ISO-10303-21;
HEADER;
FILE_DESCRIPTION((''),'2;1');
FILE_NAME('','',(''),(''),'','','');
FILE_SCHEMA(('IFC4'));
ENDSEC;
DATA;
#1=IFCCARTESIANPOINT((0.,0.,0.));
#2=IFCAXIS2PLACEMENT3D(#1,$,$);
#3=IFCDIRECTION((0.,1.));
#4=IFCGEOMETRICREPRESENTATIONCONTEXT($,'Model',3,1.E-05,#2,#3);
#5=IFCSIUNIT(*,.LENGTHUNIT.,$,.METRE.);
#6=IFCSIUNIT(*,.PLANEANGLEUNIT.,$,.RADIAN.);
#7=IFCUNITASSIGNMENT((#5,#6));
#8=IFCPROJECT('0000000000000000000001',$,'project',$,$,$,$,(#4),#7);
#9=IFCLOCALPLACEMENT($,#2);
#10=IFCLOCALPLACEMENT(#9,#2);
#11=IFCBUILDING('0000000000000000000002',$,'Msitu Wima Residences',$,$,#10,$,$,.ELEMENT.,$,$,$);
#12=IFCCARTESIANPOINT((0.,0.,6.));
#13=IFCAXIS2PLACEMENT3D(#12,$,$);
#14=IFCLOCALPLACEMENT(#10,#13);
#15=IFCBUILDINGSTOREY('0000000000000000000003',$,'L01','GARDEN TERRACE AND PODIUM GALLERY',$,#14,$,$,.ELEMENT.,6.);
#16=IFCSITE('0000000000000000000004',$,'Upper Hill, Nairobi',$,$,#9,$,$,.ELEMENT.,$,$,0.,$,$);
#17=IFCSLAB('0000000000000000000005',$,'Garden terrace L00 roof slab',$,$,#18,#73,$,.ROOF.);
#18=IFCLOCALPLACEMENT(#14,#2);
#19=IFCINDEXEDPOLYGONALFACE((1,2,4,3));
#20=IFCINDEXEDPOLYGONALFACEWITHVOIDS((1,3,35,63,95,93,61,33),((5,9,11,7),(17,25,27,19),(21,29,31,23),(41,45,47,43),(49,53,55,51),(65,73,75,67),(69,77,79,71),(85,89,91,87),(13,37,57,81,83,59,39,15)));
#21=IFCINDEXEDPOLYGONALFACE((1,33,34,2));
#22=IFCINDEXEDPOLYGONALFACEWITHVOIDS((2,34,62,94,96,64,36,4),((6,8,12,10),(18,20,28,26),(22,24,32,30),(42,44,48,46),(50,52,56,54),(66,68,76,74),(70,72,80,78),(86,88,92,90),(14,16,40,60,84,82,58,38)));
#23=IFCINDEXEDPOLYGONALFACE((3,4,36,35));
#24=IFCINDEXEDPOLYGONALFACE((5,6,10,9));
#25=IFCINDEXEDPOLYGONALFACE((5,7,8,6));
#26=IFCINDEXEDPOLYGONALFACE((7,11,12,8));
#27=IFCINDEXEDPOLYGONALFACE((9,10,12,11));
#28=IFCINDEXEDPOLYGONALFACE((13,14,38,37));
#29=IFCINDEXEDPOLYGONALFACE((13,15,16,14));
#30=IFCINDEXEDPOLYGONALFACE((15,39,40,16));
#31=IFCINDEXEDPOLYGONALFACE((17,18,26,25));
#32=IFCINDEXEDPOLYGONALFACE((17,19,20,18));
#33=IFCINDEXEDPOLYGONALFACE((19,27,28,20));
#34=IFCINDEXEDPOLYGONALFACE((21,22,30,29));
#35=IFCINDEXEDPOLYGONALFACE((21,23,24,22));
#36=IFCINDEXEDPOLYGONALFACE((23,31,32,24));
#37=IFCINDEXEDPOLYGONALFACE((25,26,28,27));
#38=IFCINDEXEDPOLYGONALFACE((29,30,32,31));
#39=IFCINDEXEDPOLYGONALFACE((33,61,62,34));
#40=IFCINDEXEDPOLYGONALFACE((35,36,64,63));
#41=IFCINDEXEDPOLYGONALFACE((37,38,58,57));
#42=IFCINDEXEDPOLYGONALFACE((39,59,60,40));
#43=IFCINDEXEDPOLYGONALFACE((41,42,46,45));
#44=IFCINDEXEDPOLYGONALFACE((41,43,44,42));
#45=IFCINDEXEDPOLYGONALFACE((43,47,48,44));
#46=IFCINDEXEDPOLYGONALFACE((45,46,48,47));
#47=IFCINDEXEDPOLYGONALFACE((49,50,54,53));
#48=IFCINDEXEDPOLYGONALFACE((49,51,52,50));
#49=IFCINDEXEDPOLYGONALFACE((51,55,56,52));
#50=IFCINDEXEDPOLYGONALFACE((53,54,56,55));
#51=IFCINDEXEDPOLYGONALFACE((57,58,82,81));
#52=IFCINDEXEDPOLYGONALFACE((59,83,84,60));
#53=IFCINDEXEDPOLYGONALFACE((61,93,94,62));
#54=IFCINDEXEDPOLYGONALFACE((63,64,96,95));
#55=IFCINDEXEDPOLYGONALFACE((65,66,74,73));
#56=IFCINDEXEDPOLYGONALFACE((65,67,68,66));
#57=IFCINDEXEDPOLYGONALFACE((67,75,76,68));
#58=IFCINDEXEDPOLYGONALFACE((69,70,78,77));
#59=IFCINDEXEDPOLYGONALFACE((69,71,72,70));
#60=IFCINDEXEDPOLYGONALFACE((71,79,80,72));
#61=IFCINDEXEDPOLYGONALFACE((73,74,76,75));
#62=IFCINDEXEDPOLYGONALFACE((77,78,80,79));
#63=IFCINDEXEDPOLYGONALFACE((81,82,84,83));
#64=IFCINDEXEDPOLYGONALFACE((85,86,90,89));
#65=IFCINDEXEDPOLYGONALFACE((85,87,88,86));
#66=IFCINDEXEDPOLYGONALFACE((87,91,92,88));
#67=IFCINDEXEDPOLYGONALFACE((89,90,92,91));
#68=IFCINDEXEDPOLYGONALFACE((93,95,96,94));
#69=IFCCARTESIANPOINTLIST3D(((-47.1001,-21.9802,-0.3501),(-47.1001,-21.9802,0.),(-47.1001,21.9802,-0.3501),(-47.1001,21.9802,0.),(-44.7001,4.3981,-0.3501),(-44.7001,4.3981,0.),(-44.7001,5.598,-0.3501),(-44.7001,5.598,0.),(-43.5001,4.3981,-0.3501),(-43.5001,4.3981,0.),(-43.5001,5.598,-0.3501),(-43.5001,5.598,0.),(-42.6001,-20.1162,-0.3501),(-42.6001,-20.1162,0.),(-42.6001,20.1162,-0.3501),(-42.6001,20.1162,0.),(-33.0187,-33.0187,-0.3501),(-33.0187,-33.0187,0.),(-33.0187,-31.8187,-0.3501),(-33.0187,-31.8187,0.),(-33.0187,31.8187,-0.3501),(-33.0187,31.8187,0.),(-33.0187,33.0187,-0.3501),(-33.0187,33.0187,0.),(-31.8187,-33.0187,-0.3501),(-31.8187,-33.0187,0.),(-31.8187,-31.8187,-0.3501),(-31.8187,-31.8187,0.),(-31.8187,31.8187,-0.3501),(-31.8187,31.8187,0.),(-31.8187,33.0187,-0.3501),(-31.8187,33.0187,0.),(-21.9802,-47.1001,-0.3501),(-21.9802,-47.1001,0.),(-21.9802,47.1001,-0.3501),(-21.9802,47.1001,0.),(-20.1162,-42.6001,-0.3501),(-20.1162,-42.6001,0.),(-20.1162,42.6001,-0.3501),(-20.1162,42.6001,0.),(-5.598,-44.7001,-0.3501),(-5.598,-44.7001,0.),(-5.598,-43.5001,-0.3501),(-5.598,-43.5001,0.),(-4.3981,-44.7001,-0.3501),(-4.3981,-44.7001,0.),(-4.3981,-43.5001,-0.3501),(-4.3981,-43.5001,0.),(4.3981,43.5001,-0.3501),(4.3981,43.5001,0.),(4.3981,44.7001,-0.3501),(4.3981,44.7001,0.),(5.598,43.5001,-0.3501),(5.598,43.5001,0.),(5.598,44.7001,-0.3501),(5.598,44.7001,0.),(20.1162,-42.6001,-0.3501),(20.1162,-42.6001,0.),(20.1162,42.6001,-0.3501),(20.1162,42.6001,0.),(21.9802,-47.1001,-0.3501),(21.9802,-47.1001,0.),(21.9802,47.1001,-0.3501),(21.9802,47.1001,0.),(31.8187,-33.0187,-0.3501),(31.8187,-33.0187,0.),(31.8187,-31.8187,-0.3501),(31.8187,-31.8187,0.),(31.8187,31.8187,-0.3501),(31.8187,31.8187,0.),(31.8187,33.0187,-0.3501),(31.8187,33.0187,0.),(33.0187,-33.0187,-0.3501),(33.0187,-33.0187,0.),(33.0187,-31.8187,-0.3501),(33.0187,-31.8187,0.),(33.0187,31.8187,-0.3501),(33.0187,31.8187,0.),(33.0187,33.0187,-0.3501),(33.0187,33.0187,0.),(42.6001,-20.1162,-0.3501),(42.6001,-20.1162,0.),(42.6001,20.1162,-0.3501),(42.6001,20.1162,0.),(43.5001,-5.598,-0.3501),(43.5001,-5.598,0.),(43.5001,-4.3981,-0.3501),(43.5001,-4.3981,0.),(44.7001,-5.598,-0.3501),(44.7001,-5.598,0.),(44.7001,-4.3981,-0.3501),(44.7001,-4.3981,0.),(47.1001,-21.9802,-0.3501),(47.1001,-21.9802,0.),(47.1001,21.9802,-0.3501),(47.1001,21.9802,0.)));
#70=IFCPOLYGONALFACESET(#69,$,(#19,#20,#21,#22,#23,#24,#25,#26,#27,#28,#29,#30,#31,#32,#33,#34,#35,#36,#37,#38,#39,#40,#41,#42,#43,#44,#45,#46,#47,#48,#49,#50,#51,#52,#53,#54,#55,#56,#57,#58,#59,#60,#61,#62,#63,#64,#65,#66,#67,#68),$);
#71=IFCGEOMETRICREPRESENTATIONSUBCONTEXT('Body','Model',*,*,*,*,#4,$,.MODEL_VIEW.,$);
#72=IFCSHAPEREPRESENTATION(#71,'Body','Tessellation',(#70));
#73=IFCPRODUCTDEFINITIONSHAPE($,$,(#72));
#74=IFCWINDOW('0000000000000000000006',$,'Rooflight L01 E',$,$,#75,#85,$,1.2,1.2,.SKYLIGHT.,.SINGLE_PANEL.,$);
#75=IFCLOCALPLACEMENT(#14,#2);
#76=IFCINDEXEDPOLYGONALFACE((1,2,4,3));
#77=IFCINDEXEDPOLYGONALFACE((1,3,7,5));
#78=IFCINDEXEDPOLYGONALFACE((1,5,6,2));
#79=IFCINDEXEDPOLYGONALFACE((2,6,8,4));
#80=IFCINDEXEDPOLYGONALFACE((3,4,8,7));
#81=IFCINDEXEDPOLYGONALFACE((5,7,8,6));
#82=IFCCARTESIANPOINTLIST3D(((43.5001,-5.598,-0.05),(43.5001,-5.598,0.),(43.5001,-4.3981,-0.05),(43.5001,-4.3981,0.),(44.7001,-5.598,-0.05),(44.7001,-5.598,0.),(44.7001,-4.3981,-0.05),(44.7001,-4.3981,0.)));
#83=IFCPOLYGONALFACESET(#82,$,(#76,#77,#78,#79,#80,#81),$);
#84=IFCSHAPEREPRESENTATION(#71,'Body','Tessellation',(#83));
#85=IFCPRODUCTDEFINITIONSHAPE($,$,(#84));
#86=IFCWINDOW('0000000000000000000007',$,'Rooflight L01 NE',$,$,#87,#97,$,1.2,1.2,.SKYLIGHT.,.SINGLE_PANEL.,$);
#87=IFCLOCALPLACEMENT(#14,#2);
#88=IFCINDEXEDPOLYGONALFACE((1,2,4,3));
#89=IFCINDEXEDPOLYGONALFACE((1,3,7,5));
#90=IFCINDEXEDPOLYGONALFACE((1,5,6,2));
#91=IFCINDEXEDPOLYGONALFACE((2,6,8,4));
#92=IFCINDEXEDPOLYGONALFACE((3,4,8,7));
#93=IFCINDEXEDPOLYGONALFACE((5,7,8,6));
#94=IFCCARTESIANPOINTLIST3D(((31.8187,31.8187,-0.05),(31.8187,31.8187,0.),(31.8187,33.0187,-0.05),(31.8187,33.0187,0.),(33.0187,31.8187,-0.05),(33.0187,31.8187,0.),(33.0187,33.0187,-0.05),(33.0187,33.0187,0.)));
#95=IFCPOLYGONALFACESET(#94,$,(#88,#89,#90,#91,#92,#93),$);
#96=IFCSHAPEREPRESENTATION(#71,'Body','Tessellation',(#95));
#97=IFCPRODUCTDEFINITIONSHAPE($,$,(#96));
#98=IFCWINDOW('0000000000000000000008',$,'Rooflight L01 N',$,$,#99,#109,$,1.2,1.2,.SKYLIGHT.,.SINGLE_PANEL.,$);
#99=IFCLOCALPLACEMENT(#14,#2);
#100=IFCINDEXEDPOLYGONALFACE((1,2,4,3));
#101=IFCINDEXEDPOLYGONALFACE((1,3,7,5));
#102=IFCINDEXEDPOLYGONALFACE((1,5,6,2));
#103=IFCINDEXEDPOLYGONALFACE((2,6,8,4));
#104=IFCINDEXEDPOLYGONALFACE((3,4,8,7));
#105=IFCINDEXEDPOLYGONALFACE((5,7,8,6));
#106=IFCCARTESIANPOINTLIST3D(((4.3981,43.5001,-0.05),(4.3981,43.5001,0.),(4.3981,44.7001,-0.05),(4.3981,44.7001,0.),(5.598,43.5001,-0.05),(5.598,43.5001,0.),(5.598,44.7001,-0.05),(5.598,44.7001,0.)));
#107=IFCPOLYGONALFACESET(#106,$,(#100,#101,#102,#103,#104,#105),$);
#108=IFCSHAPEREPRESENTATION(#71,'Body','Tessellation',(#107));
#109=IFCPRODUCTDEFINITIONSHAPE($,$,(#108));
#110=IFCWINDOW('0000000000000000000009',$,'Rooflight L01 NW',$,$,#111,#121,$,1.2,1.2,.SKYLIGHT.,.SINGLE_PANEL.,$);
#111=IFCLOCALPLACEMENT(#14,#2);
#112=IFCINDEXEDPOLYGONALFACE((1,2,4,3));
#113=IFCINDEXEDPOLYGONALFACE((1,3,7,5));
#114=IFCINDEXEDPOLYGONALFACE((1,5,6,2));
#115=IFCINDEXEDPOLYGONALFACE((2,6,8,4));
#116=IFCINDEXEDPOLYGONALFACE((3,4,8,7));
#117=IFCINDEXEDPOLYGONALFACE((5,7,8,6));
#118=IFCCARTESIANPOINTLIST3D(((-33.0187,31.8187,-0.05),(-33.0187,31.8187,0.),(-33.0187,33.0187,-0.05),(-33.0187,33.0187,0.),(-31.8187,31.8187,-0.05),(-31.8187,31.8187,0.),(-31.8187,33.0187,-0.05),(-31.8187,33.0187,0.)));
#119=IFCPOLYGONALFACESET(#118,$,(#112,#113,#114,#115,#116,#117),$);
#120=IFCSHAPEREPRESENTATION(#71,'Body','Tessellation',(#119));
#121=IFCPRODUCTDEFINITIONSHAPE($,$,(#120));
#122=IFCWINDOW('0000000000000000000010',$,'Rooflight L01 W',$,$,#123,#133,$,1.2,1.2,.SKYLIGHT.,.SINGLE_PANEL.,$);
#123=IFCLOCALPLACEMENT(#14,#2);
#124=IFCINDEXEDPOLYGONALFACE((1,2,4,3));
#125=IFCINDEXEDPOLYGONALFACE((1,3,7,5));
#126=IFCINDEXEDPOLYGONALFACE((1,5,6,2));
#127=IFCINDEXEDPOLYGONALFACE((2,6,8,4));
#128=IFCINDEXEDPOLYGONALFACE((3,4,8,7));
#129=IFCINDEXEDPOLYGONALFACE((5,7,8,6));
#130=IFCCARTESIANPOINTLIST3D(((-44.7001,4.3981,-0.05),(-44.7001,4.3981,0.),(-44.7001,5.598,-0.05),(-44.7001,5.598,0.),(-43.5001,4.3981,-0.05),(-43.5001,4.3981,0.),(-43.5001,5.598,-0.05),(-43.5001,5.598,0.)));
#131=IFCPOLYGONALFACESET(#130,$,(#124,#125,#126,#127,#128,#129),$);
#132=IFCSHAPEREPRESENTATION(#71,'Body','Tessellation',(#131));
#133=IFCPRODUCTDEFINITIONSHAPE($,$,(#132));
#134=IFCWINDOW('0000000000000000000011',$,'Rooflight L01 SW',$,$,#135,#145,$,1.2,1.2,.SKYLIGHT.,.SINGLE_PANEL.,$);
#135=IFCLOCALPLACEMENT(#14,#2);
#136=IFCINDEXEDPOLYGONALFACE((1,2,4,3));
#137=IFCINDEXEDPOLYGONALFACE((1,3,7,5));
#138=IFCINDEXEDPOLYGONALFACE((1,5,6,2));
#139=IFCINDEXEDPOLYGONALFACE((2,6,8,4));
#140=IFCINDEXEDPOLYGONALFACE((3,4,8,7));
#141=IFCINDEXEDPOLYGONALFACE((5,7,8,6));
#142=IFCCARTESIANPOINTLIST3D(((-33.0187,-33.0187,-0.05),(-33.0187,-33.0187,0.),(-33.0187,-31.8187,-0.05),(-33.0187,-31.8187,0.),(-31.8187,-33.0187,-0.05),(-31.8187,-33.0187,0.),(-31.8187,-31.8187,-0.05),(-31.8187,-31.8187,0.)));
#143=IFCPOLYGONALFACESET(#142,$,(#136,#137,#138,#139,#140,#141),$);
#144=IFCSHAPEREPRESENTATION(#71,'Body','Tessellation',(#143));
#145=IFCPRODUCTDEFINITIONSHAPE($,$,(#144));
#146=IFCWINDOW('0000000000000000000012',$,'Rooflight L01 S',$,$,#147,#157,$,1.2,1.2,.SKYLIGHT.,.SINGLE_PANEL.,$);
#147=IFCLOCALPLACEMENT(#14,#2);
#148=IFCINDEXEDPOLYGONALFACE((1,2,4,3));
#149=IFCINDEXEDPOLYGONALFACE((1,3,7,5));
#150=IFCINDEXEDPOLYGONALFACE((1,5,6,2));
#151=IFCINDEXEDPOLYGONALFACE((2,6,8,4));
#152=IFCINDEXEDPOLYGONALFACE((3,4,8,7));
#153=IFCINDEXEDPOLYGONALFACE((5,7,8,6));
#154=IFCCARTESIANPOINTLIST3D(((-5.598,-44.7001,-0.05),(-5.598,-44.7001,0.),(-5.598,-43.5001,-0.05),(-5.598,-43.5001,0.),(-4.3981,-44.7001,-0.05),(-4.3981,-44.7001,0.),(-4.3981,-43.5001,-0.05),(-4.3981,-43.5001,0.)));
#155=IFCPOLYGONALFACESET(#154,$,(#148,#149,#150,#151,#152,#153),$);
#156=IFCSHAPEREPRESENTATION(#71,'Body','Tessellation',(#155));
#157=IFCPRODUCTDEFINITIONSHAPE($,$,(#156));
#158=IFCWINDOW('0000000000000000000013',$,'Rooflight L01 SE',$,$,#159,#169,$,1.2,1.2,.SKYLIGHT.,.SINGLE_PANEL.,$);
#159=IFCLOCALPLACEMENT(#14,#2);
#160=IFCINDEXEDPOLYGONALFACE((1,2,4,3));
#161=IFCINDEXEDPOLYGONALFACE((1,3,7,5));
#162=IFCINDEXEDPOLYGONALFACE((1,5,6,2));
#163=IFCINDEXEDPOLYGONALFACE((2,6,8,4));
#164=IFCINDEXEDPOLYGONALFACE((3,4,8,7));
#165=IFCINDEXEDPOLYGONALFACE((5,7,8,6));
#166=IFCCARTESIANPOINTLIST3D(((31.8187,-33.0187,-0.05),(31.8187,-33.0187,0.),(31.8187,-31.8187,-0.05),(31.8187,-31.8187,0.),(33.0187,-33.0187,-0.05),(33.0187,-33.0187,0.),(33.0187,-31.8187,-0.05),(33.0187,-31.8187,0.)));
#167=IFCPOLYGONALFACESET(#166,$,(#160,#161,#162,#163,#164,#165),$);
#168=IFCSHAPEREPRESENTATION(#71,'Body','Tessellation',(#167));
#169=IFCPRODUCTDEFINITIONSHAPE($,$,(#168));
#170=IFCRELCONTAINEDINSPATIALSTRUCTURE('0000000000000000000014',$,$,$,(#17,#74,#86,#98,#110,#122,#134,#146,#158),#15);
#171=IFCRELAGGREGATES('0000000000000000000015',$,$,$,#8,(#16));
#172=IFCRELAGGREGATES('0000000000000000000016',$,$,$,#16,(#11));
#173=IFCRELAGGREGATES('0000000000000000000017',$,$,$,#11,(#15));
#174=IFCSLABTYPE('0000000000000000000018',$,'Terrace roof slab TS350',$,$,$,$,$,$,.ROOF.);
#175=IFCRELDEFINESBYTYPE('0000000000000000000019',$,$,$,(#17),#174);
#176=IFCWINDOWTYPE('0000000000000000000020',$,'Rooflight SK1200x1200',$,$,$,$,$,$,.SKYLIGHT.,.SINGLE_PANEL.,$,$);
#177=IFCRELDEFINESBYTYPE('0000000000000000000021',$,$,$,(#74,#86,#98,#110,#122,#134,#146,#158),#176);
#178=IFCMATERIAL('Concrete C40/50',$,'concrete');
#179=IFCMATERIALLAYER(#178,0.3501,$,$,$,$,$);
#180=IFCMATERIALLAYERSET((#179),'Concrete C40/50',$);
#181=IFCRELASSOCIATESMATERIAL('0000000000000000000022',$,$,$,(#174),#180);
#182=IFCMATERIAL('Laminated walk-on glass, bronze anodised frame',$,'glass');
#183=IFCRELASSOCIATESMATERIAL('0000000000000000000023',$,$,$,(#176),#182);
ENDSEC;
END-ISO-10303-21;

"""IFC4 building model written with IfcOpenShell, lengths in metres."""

from ifc_helpers import new_model, si_unit, direction, frame, origin, origin_2d, place, context, subcontext, project, spatial, polyline, rectangle, outline, extrude, material, layer, layer_set, type_object, element, fill, save


model = new_model("IFC4")

# Units and contexts
model_context = context("Model", 3, precision=1e-05, world=origin(), true_north=direction((0.0, 1.0)))
body_context = subcontext(model_context, "Body", "Model", "MODEL_VIEW")
ifc_project = project(units=[si_unit("LENGTHUNIT", "METRE"), si_unit("PLANEANGLEUNIT", "RADIAN")], contexts=[model_context])

# Site, building, storey
site_placement = place(None, origin())
site = spatial("IfcSite", under=ifc_project, at=site_placement, Name="Upper Hill, Nairobi", CompositionType="ELEMENT", RefElevation=0.0)
building_placement = place(site_placement, origin())
building = spatial("IfcBuilding", under=site, at=building_placement, Name="Msitu Wima Residences", CompositionType="ELEMENT")
storey_placement = place(building_placement, frame((0.0, 0.0, 6.0)))
storey = spatial("IfcBuildingStorey", under=building, at=storey_placement, Name="L01", Description="GARDEN TERRACE AND PODIUM GALLERY", CompositionType="ELEMENT", Elevation=6.0)

# Shared definitions
ifc_material_1 = material(Name="Concrete C40/50", Category="concrete")

# Slab, openings, windows
ifc_layer_1 = layer(ifc_material_1, 0.3501)
ifc_layer_set_1 = layer_set([ifc_layer_1], Name="Concrete C40/50")
slab_type_1 = type_object("IfcSlabType", Name="Terrace roof slab TS350", PredefinedType="ROOF", material=ifc_layer_set_1)
slab_1_placement = place(storey_placement, frame((0.0, 0.0, -0.3501)))
slab_1 = element("IfcSlab", 1, at=slab_1_placement, inside=storey, type_object=slab_type_1, Name="Garden terrace L00 roof slab", PredefinedType="ROOF", context=body_context, shape_type="SweptSolid", body=[
    extrude(outline(polyline([(21.9802, -47.1001), (-21.9802, -47.1001), (-47.1001, -21.9802), (-47.1001, 21.9802), (-21.9802, 47.1001), (21.9802, 47.1001), (47.1001, 21.9802), (47.1001, -21.9802), (21.9802, -47.1001)]), holes=[polyline([(42.6001, 20.1162), (20.1162, 42.6001), (-20.1162, 42.6001), (-42.6001, 20.1162), (-42.6001, -20.1162), (-20.1162, -42.6001), (20.1162, -42.6001), (42.6001, -20.1162), (42.6001, 20.1162)])]), origin(), (0.0, 0.0, 1.0), 0.3501),
])
opening_1_placement = place(slab_1_placement, frame((44.1001, -4.998, 0.0)))
opening_1 = element("IfcOpeningElement", 2, at=opening_1_placement, cuts=slab_1, PredefinedType="OPENING", context=body_context, shape_type="SweptSolid", body=[
    extrude(rectangle(XDim=1.2, YDim=1.2, at=origin_2d()), origin(), (0.0, 0.0, 1.0), 0.3501),
])
opening_2_placement = place(slab_1_placement, frame((32.4187, 32.4187, 0.0)))
opening_2 = element("IfcOpeningElement", 3, at=opening_2_placement, cuts=slab_1, PredefinedType="OPENING", context=body_context, shape_type="SweptSolid", body=[
    extrude(rectangle(XDim=1.2, YDim=1.2, at=origin_2d()), origin(), (0.0, 0.0, 1.0), 0.3501),
])
opening_3_placement = place(slab_1_placement, frame((4.998, 44.1001, 0.0)))
opening_3 = element("IfcOpeningElement", 4, at=opening_3_placement, cuts=slab_1, PredefinedType="OPENING", context=body_context, shape_type="SweptSolid", body=[
    extrude(rectangle(XDim=1.2, YDim=1.2, at=origin_2d()), origin(), (0.0, 0.0, 1.0), 0.3501),
])
opening_4_placement = place(slab_1_placement, frame((-32.4187, 32.4187, 0.0)))
opening_4 = element("IfcOpeningElement", 5, at=opening_4_placement, cuts=slab_1, PredefinedType="OPENING", context=body_context, shape_type="SweptSolid", body=[
    extrude(rectangle(XDim=1.2, YDim=1.2, at=origin_2d()), origin(), (0.0, 0.0, 1.0), 0.3501),
])
opening_5_placement = place(slab_1_placement, frame((-44.1001, 4.998, 0.0)))
opening_5 = element("IfcOpeningElement", 6, at=opening_5_placement, cuts=slab_1, PredefinedType="OPENING", context=body_context, shape_type="SweptSolid", body=[
    extrude(rectangle(XDim=1.2, YDim=1.2, at=origin_2d()), origin(), (0.0, 0.0, 1.0), 0.3501),
])
opening_6_placement = place(slab_1_placement, frame((-32.4187, -32.4187, 0.0)))
opening_6 = element("IfcOpeningElement", 7, at=opening_6_placement, cuts=slab_1, PredefinedType="OPENING", context=body_context, shape_type="SweptSolid", body=[
    extrude(rectangle(XDim=1.2, YDim=1.2, at=origin_2d()), origin(), (0.0, 0.0, 1.0), 0.3501),
])
opening_7_placement = place(slab_1_placement, frame((-4.998, -44.1001, 0.0)))
opening_7 = element("IfcOpeningElement", 8, at=opening_7_placement, cuts=slab_1, PredefinedType="OPENING", context=body_context, shape_type="SweptSolid", body=[
    extrude(rectangle(XDim=1.2, YDim=1.2, at=origin_2d()), origin(), (0.0, 0.0, 1.0), 0.3501),
])
opening_8_placement = place(slab_1_placement, frame((32.4187, -32.4187, 0.0)))
opening_8 = element("IfcOpeningElement", 9, at=opening_8_placement, cuts=slab_1, PredefinedType="OPENING", context=body_context, shape_type="SweptSolid", body=[
    extrude(rectangle(XDim=1.2, YDim=1.2, at=origin_2d()), origin(), (0.0, 0.0, 1.0), 0.3501),
])
ifc_material_2 = material(Name="Laminated walk-on glass, bronze anodised frame", Category="glass")
window_type = type_object("IfcWindowType", Name="Rooflight SK1200x1200", PartitioningType="SINGLE_PANEL", PredefinedType="SKYLIGHT", material=ifc_material_2)
window_1_placement = place(opening_1_placement, frame((0.0, 0.0, 0.3)))
window_1 = element("IfcWindow", 10, at=window_1_placement, inside=storey, type_object=window_type, Name="Rooflight L01 E", OverallHeight=1.2, OverallWidth=1.2, PartitioningType="SINGLE_PANEL", PredefinedType="SKYLIGHT", context=body_context, shape_type="SweptSolid", body=[
    extrude(rectangle(XDim=1.2, YDim=1.2, at=origin_2d()), origin(), (0.0, 0.0, 1.0), 0.05),
])
fill(opening_1, window_1)
window_2_placement = place(opening_2_placement, frame((0.0, 0.0, 0.3)))
window_2 = element("IfcWindow", 11, at=window_2_placement, inside=storey, type_object=window_type, Name="Rooflight L01 NE", OverallHeight=1.2, OverallWidth=1.2, PartitioningType="SINGLE_PANEL", PredefinedType="SKYLIGHT", context=body_context, shape_type="SweptSolid", body=[
    extrude(rectangle(XDim=1.2, YDim=1.2, at=origin_2d()), origin(), (0.0, 0.0, 1.0), 0.05),
])
fill(opening_2, window_2)
window_3_placement = place(opening_3_placement, frame((0.0, 0.0, 0.3)))
window_3 = element("IfcWindow", 12, at=window_3_placement, inside=storey, type_object=window_type, Name="Rooflight L01 N", OverallHeight=1.2, OverallWidth=1.2, PartitioningType="SINGLE_PANEL", PredefinedType="SKYLIGHT", context=body_context, shape_type="SweptSolid", body=[
    extrude(rectangle(XDim=1.2, YDim=1.2, at=origin_2d()), origin(), (0.0, 0.0, 1.0), 0.05),
])
fill(opening_3, window_3)
window_4_placement = place(opening_4_placement, frame((0.0, 0.0, 0.3)))
window_4 = element("IfcWindow", 13, at=window_4_placement, inside=storey, type_object=window_type, Name="Rooflight L01 NW", OverallHeight=1.2, OverallWidth=1.2, PartitioningType="SINGLE_PANEL", PredefinedType="SKYLIGHT", context=body_context, shape_type="SweptSolid", body=[
    extrude(rectangle(XDim=1.2, YDim=1.2, at=origin_2d()), origin(), (0.0, 0.0, 1.0), 0.05),
])
fill(opening_4, window_4)
window_5_placement = place(opening_5_placement, frame((0.0, 0.0, 0.3)))
window_5 = element("IfcWindow", 14, at=window_5_placement, inside=storey, type_object=window_type, Name="Rooflight L01 W", OverallHeight=1.2, OverallWidth=1.2, PartitioningType="SINGLE_PANEL", PredefinedType="SKYLIGHT", context=body_context, shape_type="SweptSolid", body=[
    extrude(rectangle(XDim=1.2, YDim=1.2, at=origin_2d()), origin(), (0.0, 0.0, 1.0), 0.05),
])
fill(opening_5, window_5)
window_6_placement = place(opening_6_placement, frame((0.0, 0.0, 0.3)))
window_6 = element("IfcWindow", 15, at=window_6_placement, inside=storey, type_object=window_type, Name="Rooflight L01 SW", OverallHeight=1.2, OverallWidth=1.2, PartitioningType="SINGLE_PANEL", PredefinedType="SKYLIGHT", context=body_context, shape_type="SweptSolid", body=[
    extrude(rectangle(XDim=1.2, YDim=1.2, at=origin_2d()), origin(), (0.0, 0.0, 1.0), 0.05),
])
fill(opening_6, window_6)
window_7_placement = place(opening_7_placement, frame((0.0, 0.0, 0.3)))
window_7 = element("IfcWindow", 16, at=window_7_placement, inside=storey, type_object=window_type, Name="Rooflight L01 S", OverallHeight=1.2, OverallWidth=1.2, PartitioningType="SINGLE_PANEL", PredefinedType="SKYLIGHT", context=body_context, shape_type="SweptSolid", body=[
    extrude(rectangle(XDim=1.2, YDim=1.2, at=origin_2d()), origin(), (0.0, 0.0, 1.0), 0.05),
])
fill(opening_7, window_7)
window_8_placement = place(opening_8_placement, frame((0.0, 0.0, 0.3)))
window_8 = element("IfcWindow", 17, at=window_8_placement, inside=storey, type_object=window_type, Name="Rooflight L01 SE", OverallHeight=1.2, OverallWidth=1.2, PartitioningType="SINGLE_PANEL", PredefinedType="SKYLIGHT", context=body_context, shape_type="SweptSolid", body=[
    extrude(rectangle(XDim=1.2, YDim=1.2, at=origin_2d()), origin(), (0.0, 0.0, 1.0), 0.05),
])
fill(opening_8, window_8)

save(model, "model.ifc")
